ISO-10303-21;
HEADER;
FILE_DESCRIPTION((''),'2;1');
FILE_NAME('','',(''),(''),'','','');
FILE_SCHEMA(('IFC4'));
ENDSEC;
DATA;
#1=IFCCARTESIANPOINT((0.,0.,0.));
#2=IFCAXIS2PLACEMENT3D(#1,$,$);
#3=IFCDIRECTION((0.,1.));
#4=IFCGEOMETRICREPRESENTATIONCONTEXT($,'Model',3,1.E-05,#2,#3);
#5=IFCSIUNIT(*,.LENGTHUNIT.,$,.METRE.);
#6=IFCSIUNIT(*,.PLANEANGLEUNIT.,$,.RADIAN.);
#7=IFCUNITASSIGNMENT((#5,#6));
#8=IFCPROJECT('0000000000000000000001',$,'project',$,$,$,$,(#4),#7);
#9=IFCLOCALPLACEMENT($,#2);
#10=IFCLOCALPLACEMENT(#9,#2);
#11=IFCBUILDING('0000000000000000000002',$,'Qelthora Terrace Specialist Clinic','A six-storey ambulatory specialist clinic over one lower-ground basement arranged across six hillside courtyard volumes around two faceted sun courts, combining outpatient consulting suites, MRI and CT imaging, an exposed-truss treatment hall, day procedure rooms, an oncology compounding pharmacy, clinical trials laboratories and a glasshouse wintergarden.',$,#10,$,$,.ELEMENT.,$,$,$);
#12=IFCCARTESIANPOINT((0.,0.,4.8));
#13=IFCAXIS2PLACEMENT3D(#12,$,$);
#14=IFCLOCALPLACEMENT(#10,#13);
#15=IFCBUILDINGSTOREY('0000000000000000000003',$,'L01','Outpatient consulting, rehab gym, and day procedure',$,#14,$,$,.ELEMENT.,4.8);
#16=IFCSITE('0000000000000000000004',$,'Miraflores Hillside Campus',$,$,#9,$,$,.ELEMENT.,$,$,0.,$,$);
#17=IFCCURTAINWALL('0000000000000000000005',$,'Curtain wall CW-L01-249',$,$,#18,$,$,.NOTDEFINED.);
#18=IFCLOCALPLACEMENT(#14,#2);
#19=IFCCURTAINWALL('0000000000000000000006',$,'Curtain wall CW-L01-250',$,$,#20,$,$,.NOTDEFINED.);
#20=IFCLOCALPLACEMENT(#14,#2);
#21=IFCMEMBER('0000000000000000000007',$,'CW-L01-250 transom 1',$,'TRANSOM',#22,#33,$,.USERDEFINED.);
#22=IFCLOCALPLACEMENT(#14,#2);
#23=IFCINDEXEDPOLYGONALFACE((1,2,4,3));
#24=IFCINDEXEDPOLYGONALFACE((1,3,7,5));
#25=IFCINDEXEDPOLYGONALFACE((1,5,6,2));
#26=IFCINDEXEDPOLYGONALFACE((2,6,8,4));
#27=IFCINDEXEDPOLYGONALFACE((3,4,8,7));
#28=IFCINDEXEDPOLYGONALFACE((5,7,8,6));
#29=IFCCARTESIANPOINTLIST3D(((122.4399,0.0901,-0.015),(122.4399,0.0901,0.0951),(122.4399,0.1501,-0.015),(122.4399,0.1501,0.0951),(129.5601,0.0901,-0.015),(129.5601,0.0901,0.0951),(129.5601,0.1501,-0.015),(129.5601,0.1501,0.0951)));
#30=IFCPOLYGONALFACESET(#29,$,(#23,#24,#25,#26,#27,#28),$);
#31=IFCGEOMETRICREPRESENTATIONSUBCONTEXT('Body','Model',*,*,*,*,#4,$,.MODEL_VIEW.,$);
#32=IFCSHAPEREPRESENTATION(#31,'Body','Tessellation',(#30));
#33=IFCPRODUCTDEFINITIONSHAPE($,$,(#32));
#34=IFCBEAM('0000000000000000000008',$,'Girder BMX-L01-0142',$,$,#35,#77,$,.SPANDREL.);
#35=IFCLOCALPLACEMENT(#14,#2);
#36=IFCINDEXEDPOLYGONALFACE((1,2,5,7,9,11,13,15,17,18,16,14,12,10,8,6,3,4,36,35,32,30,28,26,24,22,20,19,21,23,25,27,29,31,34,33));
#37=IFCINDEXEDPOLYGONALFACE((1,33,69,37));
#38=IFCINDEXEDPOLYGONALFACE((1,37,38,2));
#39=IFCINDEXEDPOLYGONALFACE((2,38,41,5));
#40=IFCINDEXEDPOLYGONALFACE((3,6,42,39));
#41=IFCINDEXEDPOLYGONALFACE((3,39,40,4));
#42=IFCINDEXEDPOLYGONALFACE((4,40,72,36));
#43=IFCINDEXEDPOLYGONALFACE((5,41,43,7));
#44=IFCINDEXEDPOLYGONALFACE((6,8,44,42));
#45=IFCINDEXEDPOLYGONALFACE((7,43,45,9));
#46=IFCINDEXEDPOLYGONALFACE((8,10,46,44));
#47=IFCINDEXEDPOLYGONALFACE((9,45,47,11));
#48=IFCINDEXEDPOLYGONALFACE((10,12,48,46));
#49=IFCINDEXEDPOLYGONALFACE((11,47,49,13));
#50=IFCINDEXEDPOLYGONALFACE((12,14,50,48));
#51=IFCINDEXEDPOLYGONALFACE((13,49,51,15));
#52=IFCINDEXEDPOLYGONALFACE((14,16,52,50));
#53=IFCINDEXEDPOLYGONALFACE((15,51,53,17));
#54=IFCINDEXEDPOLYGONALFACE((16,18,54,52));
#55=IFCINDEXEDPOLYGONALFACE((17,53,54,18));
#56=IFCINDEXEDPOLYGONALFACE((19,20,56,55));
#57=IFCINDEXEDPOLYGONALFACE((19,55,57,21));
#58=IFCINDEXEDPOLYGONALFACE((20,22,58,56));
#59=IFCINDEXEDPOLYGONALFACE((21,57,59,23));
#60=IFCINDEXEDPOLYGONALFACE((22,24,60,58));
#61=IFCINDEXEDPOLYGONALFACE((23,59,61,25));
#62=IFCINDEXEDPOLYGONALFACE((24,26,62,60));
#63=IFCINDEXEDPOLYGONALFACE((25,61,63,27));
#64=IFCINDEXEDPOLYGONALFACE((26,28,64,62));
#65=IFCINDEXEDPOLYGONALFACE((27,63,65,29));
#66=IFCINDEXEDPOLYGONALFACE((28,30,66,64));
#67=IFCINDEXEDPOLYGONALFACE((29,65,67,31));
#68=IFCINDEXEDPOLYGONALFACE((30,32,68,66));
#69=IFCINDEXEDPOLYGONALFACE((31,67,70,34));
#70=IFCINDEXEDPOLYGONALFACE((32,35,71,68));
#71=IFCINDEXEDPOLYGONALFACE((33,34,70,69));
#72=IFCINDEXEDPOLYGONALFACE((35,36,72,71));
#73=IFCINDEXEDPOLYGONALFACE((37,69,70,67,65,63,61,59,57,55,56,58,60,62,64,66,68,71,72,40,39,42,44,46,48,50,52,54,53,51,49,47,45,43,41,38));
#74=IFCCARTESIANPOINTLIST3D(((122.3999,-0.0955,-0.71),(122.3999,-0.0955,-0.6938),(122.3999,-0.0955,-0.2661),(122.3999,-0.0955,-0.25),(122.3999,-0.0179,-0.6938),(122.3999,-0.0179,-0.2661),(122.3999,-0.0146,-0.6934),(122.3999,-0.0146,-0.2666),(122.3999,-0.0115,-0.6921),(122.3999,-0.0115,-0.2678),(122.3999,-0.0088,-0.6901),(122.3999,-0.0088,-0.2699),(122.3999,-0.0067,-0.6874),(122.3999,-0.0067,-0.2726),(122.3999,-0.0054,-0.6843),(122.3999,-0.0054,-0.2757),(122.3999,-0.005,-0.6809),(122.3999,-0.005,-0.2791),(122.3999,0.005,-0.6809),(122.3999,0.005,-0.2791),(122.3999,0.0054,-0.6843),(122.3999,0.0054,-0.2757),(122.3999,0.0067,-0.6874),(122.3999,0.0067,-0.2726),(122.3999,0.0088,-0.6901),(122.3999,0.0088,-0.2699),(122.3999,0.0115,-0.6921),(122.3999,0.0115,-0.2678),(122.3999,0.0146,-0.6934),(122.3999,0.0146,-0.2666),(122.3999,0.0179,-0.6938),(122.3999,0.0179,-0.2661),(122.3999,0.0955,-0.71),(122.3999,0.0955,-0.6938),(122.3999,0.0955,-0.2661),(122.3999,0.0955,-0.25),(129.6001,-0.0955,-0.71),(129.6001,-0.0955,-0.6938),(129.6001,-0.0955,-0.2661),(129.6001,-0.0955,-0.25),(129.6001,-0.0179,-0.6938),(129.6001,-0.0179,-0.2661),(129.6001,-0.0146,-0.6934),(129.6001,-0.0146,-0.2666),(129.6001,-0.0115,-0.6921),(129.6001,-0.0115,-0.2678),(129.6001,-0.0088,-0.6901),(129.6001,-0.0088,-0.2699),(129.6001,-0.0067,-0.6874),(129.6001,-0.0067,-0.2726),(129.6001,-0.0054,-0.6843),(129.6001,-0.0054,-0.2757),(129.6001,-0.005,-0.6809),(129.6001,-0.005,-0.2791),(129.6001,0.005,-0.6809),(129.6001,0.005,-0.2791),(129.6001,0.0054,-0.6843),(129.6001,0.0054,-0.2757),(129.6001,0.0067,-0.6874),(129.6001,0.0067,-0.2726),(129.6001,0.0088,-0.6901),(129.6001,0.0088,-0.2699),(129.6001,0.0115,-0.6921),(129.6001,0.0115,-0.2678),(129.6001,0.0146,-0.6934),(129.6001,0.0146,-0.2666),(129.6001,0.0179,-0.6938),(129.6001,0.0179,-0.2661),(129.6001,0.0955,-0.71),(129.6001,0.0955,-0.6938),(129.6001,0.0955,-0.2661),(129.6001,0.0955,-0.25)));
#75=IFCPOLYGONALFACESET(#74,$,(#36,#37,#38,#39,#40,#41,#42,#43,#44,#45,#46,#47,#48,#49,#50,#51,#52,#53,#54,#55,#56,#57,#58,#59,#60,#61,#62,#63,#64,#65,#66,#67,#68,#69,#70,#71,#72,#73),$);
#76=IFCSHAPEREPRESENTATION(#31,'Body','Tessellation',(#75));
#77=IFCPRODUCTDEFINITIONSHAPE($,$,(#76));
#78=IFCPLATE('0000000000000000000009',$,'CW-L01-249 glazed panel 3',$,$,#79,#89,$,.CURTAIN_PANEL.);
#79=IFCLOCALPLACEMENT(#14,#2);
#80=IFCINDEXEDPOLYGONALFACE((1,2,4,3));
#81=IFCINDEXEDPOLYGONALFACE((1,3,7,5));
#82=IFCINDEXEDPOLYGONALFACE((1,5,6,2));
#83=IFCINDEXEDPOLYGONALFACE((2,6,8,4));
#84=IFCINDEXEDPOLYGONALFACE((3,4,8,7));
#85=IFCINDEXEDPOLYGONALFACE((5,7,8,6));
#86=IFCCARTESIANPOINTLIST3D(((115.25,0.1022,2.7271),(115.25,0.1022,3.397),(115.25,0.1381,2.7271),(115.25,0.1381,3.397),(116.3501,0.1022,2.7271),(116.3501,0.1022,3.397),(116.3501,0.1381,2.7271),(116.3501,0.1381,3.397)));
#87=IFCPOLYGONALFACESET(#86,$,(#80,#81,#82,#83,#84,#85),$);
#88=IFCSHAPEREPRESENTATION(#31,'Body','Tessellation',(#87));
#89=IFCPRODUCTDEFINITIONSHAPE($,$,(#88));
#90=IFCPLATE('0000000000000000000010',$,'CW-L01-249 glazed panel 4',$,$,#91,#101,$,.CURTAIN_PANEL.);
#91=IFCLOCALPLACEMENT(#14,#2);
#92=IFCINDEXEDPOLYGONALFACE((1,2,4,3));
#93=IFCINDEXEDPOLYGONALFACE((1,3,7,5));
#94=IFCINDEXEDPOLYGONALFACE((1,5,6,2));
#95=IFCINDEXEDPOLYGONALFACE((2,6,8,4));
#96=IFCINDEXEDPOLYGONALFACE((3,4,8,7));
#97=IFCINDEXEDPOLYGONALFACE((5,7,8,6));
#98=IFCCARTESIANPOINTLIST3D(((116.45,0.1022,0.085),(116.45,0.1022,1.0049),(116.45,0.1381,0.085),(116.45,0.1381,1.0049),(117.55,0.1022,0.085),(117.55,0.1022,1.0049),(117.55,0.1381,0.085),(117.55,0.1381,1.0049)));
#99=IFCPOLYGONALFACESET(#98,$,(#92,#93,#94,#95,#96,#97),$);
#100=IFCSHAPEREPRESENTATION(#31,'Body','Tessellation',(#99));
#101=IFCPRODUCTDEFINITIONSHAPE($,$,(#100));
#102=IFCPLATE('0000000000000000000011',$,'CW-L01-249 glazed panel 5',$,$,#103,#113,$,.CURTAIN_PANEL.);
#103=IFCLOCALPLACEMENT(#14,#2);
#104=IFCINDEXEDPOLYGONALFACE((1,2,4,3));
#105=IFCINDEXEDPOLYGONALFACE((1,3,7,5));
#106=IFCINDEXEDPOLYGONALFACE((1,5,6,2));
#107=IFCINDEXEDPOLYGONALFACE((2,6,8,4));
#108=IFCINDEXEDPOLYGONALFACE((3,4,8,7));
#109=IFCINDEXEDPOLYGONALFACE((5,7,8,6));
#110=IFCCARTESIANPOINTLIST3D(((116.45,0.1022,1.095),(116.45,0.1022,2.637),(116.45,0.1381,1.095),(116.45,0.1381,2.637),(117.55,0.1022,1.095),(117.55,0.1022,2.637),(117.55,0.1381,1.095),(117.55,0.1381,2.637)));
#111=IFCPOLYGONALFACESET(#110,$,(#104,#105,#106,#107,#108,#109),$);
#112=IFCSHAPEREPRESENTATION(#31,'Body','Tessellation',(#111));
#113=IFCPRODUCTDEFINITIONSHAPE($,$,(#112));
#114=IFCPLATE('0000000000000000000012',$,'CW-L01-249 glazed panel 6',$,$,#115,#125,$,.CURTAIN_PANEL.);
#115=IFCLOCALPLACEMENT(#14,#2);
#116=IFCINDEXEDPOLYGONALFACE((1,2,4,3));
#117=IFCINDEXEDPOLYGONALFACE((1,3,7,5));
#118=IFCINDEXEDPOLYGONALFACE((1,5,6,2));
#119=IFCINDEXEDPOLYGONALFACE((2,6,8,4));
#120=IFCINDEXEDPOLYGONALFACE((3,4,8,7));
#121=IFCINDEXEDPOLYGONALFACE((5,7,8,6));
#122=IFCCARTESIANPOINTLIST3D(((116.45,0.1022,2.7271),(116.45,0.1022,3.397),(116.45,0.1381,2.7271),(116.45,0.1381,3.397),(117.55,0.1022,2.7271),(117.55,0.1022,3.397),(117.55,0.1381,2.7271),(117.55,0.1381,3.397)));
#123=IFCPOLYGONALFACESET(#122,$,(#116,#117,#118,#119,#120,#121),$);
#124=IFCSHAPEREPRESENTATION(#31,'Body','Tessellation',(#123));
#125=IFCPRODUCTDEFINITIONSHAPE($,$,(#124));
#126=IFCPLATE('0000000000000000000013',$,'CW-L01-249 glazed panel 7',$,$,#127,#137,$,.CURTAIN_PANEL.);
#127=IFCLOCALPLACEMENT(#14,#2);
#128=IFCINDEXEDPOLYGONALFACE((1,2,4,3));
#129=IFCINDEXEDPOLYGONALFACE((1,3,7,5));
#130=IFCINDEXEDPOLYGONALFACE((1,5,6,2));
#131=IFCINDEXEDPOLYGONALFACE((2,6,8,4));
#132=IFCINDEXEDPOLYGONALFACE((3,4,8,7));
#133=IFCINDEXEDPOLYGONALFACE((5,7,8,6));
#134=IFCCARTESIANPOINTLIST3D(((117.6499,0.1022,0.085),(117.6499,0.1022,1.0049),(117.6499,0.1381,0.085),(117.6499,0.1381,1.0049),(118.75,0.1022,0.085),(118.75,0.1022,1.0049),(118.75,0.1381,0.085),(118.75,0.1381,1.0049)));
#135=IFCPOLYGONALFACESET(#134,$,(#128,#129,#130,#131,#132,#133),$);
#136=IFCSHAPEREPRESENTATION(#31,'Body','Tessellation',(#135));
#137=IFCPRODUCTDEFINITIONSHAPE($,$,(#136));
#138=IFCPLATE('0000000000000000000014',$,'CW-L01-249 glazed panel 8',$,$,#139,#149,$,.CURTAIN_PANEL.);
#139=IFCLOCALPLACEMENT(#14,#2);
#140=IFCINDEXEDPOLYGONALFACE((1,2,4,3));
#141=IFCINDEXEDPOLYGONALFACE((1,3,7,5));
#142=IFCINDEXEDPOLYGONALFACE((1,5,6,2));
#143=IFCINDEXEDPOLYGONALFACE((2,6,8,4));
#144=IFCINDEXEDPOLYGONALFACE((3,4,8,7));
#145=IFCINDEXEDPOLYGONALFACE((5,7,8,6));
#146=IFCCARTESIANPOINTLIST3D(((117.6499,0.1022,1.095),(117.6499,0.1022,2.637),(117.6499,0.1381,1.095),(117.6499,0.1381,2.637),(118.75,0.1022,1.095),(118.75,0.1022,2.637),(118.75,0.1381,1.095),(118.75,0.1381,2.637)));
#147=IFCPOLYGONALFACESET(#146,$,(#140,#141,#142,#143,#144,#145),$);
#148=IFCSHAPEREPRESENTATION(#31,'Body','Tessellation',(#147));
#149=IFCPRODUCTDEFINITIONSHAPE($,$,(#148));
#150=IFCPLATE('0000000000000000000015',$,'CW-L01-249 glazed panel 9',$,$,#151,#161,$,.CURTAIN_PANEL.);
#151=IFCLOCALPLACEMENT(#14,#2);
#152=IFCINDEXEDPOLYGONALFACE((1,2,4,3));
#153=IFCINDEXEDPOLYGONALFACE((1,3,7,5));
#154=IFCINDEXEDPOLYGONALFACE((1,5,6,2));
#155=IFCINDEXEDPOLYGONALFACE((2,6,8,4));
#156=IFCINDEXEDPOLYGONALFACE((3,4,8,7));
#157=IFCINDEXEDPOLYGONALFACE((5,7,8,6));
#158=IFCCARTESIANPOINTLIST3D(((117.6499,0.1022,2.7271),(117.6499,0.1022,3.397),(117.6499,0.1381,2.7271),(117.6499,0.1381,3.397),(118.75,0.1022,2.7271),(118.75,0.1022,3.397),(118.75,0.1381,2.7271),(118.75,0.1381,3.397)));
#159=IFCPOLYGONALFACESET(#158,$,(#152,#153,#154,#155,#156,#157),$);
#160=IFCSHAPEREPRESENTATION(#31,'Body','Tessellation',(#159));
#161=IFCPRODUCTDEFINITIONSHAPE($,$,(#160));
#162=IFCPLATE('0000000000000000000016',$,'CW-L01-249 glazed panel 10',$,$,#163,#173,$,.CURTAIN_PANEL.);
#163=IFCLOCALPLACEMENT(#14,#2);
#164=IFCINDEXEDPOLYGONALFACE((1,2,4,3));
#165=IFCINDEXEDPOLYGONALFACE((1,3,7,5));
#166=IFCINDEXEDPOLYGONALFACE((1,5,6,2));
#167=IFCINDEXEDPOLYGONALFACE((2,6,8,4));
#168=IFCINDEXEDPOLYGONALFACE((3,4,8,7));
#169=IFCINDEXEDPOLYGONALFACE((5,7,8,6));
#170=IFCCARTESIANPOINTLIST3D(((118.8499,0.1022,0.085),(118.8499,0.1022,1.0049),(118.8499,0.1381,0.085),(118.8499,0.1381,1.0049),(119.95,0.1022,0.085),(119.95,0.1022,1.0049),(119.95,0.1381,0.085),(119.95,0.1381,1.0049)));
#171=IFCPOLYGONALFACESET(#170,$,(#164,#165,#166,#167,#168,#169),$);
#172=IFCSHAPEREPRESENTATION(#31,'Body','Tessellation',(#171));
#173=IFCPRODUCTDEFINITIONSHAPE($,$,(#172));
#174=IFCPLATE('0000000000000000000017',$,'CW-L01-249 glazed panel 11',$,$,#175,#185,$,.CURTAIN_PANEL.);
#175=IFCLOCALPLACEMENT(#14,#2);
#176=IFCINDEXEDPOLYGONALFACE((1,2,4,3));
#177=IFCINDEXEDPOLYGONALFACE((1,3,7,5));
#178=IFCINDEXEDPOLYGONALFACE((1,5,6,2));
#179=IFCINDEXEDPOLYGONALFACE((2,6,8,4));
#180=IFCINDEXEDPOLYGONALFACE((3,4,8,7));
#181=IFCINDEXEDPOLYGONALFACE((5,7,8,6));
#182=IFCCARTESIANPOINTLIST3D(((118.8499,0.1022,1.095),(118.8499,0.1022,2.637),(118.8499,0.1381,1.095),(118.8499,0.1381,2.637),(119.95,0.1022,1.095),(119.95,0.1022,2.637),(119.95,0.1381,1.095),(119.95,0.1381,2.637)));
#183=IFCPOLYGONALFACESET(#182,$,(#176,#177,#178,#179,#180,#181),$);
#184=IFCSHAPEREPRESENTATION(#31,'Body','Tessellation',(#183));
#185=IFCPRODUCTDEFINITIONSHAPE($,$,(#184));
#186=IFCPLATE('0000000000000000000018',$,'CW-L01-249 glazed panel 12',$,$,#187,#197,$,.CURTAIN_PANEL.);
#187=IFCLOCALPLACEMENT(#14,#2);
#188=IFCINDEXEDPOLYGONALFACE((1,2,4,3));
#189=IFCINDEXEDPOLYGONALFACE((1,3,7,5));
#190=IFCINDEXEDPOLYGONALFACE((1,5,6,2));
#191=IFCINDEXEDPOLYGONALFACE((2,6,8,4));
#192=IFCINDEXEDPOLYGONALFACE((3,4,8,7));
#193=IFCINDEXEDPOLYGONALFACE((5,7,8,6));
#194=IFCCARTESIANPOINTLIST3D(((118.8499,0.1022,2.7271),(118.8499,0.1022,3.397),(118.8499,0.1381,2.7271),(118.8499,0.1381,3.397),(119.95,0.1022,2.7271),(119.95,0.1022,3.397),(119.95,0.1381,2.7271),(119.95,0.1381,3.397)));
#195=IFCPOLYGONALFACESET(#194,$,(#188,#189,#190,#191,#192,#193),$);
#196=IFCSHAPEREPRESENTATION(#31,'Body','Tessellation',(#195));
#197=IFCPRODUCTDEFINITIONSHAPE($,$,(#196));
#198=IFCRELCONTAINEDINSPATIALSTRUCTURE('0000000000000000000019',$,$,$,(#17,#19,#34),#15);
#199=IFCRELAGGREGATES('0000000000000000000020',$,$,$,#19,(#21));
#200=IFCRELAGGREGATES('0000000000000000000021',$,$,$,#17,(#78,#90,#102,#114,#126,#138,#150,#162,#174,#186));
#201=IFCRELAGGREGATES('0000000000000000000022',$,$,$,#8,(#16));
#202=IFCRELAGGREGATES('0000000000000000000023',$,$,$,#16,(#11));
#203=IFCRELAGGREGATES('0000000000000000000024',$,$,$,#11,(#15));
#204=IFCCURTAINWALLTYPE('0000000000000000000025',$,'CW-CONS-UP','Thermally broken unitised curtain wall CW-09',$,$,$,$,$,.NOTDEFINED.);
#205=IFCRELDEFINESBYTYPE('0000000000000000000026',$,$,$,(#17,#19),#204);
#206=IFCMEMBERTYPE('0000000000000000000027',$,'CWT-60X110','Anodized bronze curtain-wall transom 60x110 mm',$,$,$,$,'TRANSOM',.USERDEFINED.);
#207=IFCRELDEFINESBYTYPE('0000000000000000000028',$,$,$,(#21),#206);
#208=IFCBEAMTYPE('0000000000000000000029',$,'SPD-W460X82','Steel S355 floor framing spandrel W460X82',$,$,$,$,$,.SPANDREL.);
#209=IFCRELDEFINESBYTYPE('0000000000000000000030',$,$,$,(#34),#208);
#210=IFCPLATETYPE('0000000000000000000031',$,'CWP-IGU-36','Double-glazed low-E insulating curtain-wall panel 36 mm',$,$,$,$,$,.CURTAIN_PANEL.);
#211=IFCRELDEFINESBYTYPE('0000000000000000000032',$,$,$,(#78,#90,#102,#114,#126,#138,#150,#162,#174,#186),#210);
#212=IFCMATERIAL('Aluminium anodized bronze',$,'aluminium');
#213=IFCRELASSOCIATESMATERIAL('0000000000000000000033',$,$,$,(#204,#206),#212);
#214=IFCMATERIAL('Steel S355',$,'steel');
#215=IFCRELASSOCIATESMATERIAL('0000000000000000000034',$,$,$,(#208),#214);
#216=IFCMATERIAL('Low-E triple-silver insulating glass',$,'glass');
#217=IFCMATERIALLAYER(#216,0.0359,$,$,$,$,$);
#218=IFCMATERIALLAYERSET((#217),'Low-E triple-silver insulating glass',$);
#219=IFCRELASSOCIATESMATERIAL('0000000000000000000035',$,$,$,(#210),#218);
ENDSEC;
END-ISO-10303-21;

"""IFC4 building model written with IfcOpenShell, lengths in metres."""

from ifc_helpers import new_model, si_unit, direction, frame, origin, origin_2d, place, context, subcontext, project, spatial, rectangle, i_section, extrude, material, layer, layer_set, material_profile, profile_set, type_object, element, aggregate, save


model = new_model("IFC4")

# Units and contexts
model_context = context("Model", 3, precision=1e-05, world=origin(), true_north=direction((0.0, 1.0)))
body_context = subcontext(model_context, "Body", "Model", "MODEL_VIEW")
ifc_project = project(units=[si_unit("LENGTHUNIT", "METRE"), si_unit("PLANEANGLEUNIT", "RADIAN")], contexts=[model_context])

# Site, building, storey
site_placement = place(None, origin())
site = spatial("IfcSite", under=ifc_project, at=site_placement, Name="Miraflores Hillside Campus", CompositionType="ELEMENT", RefElevation=0.0)
building_placement = place(site_placement, origin())
building = spatial("IfcBuilding", under=site, at=building_placement, Name="Qelthora Terrace Specialist Clinic", Description="A six-storey ambulatory specialist clinic over one lower-ground basement arranged across six hillside courtyard volumes around two faceted sun courts, combining outpatient consulting suites, MRI and CT imaging, an exposed-truss treatment hall, day procedure rooms, an oncology compounding pharmacy, clinical trials laboratories and a glasshouse wintergarden.", CompositionType="ELEMENT")
storey_placement = place(building_placement, frame((0.0, 0.0, 4.8)))
storey = spatial("IfcBuildingStorey", under=building, at=storey_placement, Name="L01", Description="Outpatient consulting, rehab gym, and day procedure", CompositionType="ELEMENT", Elevation=4.8)

# Shared definitions
ifc_material_1 = material(Name="Steel S355", Category="steel")

# Curtain walls, member
ifc_material_2 = material(Name="Aluminium anodized bronze", Category="aluminium")
curtain_wall_type = type_object("IfcCurtainWallType", Name="CW-CONS-UP", Description="Thermally broken unitised curtain wall CW-09", PredefinedType="NOTDEFINED", material=ifc_material_2)
curtain_wall_1_placement = place(storey_placement, origin())
curtain_wall_1 = element("IfcCurtainWall", 1, at=curtain_wall_1_placement, inside=storey, type_object=curtain_wall_type, Name="Curtain wall CW-L01-249", PredefinedType="NOTDEFINED")
curtain_wall_2_placement = place(storey_placement, origin())
curtain_wall_2 = element("IfcCurtainWall", 2, at=curtain_wall_2_placement, inside=storey, type_object=curtain_wall_type, Name="Curtain wall CW-L01-250", PredefinedType="NOTDEFINED")
ifc_material_profile_1 = material_profile(ifc_material_2, rectangle(XDim=0.0601, YDim=0.1101, at=origin_2d()), Name="CWT60X110")
ifc_profile_set_1 = profile_set([ifc_material_profile_1], Name="Aluminium anodized bronze")
member_type_1 = type_object("IfcMemberType", Name="CWT-60X110", Description="Anodized bronze curtain-wall transom 60x110 mm", ElementType="TRANSOM", PredefinedType="USERDEFINED", material=ifc_profile_set_1)
member_1_placement = place(storey_placement, frame((122.4399, 0.1201, 0.04), z_axis=(1.0, 0.0, 0.0), x_axis=(0.0, 1.0, 0.0)))
member_1 = element("IfcMember", 3, at=member_1_placement, type_object=member_type_1, Name="CW-L01-250 transom 1", ObjectType="TRANSOM", PredefinedType="USERDEFINED", context=body_context, shape_type="SweptSolid", body=[
    extrude(rectangle(XDim=0.0601, YDim=0.1101, at=origin_2d()), origin(), (0.0, 0.0, 1.0), 7.1201),
])
aggregate(curtain_wall_2, [member_1])

# Beam
ifc_material_profile_2 = material_profile(ifc_material_1, i_section(OverallWidth=0.1909, OverallDepth=0.46, WebThickness=0.01, FlangeThickness=0.0161, FilletRadius=0.0129, at=origin_2d()), Name="W460X82")
ifc_profile_set_2 = profile_set([ifc_material_profile_2], Name="Steel S355")
beam_type_1 = type_object("IfcBeamType", Name="SPD-W460X82", Description="Steel S355 floor framing spandrel W460X82", PredefinedType="SPANDREL", material=ifc_profile_set_2)
beam_1_placement = place(storey_placement, frame((122.3999, 0.0, -0.48), z_axis=(1.0, 0.0, 0.0), x_axis=(0.0, 1.0, 0.0)))
element("IfcBeam", 4, at=beam_1_placement, inside=storey, type_object=beam_type_1, Name="Girder BMX-L01-0142", PredefinedType="SPANDREL", context=body_context, shape_type="SweptSolid", body=[
    extrude(i_section(OverallWidth=0.1909, OverallDepth=0.46, WebThickness=0.01, FlangeThickness=0.0161, FilletRadius=0.0129, at=origin_2d()), origin(), (0.0, 0.0, 1.0), 7.2002),
])

# Plates
ifc_material_3 = material(Name="Low-E triple-silver insulating glass", Category="glass")
ifc_layer = layer(ifc_material_3, 0.0359)
ifc_layer_set = layer_set([ifc_layer], Name="Low-E triple-silver insulating glass")
plate_type = type_object("IfcPlateType", Name="CWP-IGU-36", Description="Double-glazed low-E insulating curtain-wall panel 36 mm", PredefinedType="CURTAIN_PANEL", material=ifc_layer_set)
plate_1_placement = place(storey_placement, frame((115.8, 0.1201, 2.7271), z_axis=(0.0, 0.0, 1.0), x_axis=(1.0, 0.0, 0.0)))
plate_1 = element("IfcPlate", 5, at=plate_1_placement, type_object=plate_type, Name="CW-L01-249 glazed panel 3", PredefinedType="CURTAIN_PANEL", context=body_context, shape_type="SweptSolid", body=[
    extrude(rectangle(XDim=1.1001, YDim=0.0359, at=origin_2d()), origin(), (0.0, 0.0, 1.0), 0.6699),
])
plate_2_placement = place(storey_placement, frame((117.0, 0.1201, 0.085), z_axis=(0.0, 0.0, 1.0), x_axis=(1.0, 0.0, 0.0)))
plate_2 = element("IfcPlate", 6, at=plate_2_placement, type_object=plate_type, Name="CW-L01-249 glazed panel 4", PredefinedType="CURTAIN_PANEL", context=body_context, shape_type="SweptSolid", body=[
    extrude(rectangle(XDim=1.1001, YDim=0.0359, at=origin_2d()), origin(), (0.0, 0.0, 1.0), 0.9199),
])
plate_3_placement = place(storey_placement, frame((117.0, 0.1201, 1.095), z_axis=(0.0, 0.0, 1.0), x_axis=(1.0, 0.0, 0.0)))
plate_3 = element("IfcPlate", 7, at=plate_3_placement, type_object=plate_type, Name="CW-L01-249 glazed panel 5", PredefinedType="CURTAIN_PANEL", context=body_context, shape_type="SweptSolid", body=[
    extrude(rectangle(XDim=1.1001, YDim=0.0359, at=origin_2d()), origin(), (0.0, 0.0, 1.0), 1.542),
])
plate_4_placement = place(storey_placement, frame((117.0, 0.1201, 2.7271), z_axis=(0.0, 0.0, 1.0), x_axis=(1.0, 0.0, 0.0)))
plate_4 = element("IfcPlate", 8, at=plate_4_placement, type_object=plate_type, Name="CW-L01-249 glazed panel 6", PredefinedType="CURTAIN_PANEL", context=body_context, shape_type="SweptSolid", body=[
    extrude(rectangle(XDim=1.1001, YDim=0.0359, at=origin_2d()), origin(), (0.0, 0.0, 1.0), 0.6699),
])
plate_5_placement = place(storey_placement, frame((118.2, 0.1201, 0.085), z_axis=(0.0, 0.0, 1.0), x_axis=(1.0, 0.0, 0.0)))
plate_5 = element("IfcPlate", 9, at=plate_5_placement, type_object=plate_type, Name="CW-L01-249 glazed panel 7", PredefinedType="CURTAIN_PANEL", context=body_context, shape_type="SweptSolid", body=[
    extrude(rectangle(XDim=1.1001, YDim=0.0359, at=origin_2d()), origin(), (0.0, 0.0, 1.0), 0.9199),
])
plate_6_placement = place(storey_placement, frame((118.2, 0.1201, 1.095), z_axis=(0.0, 0.0, 1.0), x_axis=(1.0, 0.0, 0.0)))
plate_6 = element("IfcPlate", 10, at=plate_6_placement, type_object=plate_type, Name="CW-L01-249 glazed panel 8", PredefinedType="CURTAIN_PANEL", context=body_context, shape_type="SweptSolid", body=[
    extrude(rectangle(XDim=1.1001, YDim=0.0359, at=origin_2d()), origin(), (0.0, 0.0, 1.0), 1.542),
])
plate_7_placement = place(storey_placement, frame((118.2, 0.1201, 2.7271), z_axis=(0.0, 0.0, 1.0), x_axis=(1.0, 0.0, 0.0)))
plate_7 = element("IfcPlate", 11, at=plate_7_placement, type_object=plate_type, Name="CW-L01-249 glazed panel 9", PredefinedType="CURTAIN_PANEL", context=body_context, shape_type="SweptSolid", body=[
    extrude(rectangle(XDim=1.1001, YDim=0.0359, at=origin_2d()), origin(), (0.0, 0.0, 1.0), 0.6699),
])
plate_8_placement = place(storey_placement, frame((119.3999, 0.1201, 0.085), z_axis=(0.0, 0.0, 1.0), x_axis=(1.0, 0.0, 0.0)))
plate_8 = element("IfcPlate", 12, at=plate_8_placement, type_object=plate_type, Name="CW-L01-249 glazed panel 10", PredefinedType="CURTAIN_PANEL", context=body_context, shape_type="SweptSolid", body=[
    extrude(rectangle(XDim=1.1001, YDim=0.0359, at=origin_2d()), origin(), (0.0, 0.0, 1.0), 0.9199),
])
plate_9_placement = place(storey_placement, frame((119.3999, 0.1201, 1.095), z_axis=(0.0, 0.0, 1.0), x_axis=(1.0, 0.0, 0.0)))
plate_9 = element("IfcPlate", 13, at=plate_9_placement, type_object=plate_type, Name="CW-L01-249 glazed panel 11", PredefinedType="CURTAIN_PANEL", context=body_context, shape_type="SweptSolid", body=[
    extrude(rectangle(XDim=1.1001, YDim=0.0359, at=origin_2d()), origin(), (0.0, 0.0, 1.0), 1.542),
])
plate_10_placement = place(storey_placement, frame((119.3999, 0.1201, 2.7271), z_axis=(0.0, 0.0, 1.0), x_axis=(1.0, 0.0, 0.0)))
plate_10 = element("IfcPlate", 14, at=plate_10_placement, type_object=plate_type, Name="CW-L01-249 glazed panel 12", PredefinedType="CURTAIN_PANEL", context=body_context, shape_type="SweptSolid", body=[
    extrude(rectangle(XDim=1.1001, YDim=0.0359, at=origin_2d()), origin(), (0.0, 0.0, 1.0), 0.6699),
])
aggregate(curtain_wall_1, [plate_1, plate_2, plate_3, plate_4, plate_5, plate_6, plate_7, plate_8, plate_9, plate_10])

save(model, "model.ifc")
